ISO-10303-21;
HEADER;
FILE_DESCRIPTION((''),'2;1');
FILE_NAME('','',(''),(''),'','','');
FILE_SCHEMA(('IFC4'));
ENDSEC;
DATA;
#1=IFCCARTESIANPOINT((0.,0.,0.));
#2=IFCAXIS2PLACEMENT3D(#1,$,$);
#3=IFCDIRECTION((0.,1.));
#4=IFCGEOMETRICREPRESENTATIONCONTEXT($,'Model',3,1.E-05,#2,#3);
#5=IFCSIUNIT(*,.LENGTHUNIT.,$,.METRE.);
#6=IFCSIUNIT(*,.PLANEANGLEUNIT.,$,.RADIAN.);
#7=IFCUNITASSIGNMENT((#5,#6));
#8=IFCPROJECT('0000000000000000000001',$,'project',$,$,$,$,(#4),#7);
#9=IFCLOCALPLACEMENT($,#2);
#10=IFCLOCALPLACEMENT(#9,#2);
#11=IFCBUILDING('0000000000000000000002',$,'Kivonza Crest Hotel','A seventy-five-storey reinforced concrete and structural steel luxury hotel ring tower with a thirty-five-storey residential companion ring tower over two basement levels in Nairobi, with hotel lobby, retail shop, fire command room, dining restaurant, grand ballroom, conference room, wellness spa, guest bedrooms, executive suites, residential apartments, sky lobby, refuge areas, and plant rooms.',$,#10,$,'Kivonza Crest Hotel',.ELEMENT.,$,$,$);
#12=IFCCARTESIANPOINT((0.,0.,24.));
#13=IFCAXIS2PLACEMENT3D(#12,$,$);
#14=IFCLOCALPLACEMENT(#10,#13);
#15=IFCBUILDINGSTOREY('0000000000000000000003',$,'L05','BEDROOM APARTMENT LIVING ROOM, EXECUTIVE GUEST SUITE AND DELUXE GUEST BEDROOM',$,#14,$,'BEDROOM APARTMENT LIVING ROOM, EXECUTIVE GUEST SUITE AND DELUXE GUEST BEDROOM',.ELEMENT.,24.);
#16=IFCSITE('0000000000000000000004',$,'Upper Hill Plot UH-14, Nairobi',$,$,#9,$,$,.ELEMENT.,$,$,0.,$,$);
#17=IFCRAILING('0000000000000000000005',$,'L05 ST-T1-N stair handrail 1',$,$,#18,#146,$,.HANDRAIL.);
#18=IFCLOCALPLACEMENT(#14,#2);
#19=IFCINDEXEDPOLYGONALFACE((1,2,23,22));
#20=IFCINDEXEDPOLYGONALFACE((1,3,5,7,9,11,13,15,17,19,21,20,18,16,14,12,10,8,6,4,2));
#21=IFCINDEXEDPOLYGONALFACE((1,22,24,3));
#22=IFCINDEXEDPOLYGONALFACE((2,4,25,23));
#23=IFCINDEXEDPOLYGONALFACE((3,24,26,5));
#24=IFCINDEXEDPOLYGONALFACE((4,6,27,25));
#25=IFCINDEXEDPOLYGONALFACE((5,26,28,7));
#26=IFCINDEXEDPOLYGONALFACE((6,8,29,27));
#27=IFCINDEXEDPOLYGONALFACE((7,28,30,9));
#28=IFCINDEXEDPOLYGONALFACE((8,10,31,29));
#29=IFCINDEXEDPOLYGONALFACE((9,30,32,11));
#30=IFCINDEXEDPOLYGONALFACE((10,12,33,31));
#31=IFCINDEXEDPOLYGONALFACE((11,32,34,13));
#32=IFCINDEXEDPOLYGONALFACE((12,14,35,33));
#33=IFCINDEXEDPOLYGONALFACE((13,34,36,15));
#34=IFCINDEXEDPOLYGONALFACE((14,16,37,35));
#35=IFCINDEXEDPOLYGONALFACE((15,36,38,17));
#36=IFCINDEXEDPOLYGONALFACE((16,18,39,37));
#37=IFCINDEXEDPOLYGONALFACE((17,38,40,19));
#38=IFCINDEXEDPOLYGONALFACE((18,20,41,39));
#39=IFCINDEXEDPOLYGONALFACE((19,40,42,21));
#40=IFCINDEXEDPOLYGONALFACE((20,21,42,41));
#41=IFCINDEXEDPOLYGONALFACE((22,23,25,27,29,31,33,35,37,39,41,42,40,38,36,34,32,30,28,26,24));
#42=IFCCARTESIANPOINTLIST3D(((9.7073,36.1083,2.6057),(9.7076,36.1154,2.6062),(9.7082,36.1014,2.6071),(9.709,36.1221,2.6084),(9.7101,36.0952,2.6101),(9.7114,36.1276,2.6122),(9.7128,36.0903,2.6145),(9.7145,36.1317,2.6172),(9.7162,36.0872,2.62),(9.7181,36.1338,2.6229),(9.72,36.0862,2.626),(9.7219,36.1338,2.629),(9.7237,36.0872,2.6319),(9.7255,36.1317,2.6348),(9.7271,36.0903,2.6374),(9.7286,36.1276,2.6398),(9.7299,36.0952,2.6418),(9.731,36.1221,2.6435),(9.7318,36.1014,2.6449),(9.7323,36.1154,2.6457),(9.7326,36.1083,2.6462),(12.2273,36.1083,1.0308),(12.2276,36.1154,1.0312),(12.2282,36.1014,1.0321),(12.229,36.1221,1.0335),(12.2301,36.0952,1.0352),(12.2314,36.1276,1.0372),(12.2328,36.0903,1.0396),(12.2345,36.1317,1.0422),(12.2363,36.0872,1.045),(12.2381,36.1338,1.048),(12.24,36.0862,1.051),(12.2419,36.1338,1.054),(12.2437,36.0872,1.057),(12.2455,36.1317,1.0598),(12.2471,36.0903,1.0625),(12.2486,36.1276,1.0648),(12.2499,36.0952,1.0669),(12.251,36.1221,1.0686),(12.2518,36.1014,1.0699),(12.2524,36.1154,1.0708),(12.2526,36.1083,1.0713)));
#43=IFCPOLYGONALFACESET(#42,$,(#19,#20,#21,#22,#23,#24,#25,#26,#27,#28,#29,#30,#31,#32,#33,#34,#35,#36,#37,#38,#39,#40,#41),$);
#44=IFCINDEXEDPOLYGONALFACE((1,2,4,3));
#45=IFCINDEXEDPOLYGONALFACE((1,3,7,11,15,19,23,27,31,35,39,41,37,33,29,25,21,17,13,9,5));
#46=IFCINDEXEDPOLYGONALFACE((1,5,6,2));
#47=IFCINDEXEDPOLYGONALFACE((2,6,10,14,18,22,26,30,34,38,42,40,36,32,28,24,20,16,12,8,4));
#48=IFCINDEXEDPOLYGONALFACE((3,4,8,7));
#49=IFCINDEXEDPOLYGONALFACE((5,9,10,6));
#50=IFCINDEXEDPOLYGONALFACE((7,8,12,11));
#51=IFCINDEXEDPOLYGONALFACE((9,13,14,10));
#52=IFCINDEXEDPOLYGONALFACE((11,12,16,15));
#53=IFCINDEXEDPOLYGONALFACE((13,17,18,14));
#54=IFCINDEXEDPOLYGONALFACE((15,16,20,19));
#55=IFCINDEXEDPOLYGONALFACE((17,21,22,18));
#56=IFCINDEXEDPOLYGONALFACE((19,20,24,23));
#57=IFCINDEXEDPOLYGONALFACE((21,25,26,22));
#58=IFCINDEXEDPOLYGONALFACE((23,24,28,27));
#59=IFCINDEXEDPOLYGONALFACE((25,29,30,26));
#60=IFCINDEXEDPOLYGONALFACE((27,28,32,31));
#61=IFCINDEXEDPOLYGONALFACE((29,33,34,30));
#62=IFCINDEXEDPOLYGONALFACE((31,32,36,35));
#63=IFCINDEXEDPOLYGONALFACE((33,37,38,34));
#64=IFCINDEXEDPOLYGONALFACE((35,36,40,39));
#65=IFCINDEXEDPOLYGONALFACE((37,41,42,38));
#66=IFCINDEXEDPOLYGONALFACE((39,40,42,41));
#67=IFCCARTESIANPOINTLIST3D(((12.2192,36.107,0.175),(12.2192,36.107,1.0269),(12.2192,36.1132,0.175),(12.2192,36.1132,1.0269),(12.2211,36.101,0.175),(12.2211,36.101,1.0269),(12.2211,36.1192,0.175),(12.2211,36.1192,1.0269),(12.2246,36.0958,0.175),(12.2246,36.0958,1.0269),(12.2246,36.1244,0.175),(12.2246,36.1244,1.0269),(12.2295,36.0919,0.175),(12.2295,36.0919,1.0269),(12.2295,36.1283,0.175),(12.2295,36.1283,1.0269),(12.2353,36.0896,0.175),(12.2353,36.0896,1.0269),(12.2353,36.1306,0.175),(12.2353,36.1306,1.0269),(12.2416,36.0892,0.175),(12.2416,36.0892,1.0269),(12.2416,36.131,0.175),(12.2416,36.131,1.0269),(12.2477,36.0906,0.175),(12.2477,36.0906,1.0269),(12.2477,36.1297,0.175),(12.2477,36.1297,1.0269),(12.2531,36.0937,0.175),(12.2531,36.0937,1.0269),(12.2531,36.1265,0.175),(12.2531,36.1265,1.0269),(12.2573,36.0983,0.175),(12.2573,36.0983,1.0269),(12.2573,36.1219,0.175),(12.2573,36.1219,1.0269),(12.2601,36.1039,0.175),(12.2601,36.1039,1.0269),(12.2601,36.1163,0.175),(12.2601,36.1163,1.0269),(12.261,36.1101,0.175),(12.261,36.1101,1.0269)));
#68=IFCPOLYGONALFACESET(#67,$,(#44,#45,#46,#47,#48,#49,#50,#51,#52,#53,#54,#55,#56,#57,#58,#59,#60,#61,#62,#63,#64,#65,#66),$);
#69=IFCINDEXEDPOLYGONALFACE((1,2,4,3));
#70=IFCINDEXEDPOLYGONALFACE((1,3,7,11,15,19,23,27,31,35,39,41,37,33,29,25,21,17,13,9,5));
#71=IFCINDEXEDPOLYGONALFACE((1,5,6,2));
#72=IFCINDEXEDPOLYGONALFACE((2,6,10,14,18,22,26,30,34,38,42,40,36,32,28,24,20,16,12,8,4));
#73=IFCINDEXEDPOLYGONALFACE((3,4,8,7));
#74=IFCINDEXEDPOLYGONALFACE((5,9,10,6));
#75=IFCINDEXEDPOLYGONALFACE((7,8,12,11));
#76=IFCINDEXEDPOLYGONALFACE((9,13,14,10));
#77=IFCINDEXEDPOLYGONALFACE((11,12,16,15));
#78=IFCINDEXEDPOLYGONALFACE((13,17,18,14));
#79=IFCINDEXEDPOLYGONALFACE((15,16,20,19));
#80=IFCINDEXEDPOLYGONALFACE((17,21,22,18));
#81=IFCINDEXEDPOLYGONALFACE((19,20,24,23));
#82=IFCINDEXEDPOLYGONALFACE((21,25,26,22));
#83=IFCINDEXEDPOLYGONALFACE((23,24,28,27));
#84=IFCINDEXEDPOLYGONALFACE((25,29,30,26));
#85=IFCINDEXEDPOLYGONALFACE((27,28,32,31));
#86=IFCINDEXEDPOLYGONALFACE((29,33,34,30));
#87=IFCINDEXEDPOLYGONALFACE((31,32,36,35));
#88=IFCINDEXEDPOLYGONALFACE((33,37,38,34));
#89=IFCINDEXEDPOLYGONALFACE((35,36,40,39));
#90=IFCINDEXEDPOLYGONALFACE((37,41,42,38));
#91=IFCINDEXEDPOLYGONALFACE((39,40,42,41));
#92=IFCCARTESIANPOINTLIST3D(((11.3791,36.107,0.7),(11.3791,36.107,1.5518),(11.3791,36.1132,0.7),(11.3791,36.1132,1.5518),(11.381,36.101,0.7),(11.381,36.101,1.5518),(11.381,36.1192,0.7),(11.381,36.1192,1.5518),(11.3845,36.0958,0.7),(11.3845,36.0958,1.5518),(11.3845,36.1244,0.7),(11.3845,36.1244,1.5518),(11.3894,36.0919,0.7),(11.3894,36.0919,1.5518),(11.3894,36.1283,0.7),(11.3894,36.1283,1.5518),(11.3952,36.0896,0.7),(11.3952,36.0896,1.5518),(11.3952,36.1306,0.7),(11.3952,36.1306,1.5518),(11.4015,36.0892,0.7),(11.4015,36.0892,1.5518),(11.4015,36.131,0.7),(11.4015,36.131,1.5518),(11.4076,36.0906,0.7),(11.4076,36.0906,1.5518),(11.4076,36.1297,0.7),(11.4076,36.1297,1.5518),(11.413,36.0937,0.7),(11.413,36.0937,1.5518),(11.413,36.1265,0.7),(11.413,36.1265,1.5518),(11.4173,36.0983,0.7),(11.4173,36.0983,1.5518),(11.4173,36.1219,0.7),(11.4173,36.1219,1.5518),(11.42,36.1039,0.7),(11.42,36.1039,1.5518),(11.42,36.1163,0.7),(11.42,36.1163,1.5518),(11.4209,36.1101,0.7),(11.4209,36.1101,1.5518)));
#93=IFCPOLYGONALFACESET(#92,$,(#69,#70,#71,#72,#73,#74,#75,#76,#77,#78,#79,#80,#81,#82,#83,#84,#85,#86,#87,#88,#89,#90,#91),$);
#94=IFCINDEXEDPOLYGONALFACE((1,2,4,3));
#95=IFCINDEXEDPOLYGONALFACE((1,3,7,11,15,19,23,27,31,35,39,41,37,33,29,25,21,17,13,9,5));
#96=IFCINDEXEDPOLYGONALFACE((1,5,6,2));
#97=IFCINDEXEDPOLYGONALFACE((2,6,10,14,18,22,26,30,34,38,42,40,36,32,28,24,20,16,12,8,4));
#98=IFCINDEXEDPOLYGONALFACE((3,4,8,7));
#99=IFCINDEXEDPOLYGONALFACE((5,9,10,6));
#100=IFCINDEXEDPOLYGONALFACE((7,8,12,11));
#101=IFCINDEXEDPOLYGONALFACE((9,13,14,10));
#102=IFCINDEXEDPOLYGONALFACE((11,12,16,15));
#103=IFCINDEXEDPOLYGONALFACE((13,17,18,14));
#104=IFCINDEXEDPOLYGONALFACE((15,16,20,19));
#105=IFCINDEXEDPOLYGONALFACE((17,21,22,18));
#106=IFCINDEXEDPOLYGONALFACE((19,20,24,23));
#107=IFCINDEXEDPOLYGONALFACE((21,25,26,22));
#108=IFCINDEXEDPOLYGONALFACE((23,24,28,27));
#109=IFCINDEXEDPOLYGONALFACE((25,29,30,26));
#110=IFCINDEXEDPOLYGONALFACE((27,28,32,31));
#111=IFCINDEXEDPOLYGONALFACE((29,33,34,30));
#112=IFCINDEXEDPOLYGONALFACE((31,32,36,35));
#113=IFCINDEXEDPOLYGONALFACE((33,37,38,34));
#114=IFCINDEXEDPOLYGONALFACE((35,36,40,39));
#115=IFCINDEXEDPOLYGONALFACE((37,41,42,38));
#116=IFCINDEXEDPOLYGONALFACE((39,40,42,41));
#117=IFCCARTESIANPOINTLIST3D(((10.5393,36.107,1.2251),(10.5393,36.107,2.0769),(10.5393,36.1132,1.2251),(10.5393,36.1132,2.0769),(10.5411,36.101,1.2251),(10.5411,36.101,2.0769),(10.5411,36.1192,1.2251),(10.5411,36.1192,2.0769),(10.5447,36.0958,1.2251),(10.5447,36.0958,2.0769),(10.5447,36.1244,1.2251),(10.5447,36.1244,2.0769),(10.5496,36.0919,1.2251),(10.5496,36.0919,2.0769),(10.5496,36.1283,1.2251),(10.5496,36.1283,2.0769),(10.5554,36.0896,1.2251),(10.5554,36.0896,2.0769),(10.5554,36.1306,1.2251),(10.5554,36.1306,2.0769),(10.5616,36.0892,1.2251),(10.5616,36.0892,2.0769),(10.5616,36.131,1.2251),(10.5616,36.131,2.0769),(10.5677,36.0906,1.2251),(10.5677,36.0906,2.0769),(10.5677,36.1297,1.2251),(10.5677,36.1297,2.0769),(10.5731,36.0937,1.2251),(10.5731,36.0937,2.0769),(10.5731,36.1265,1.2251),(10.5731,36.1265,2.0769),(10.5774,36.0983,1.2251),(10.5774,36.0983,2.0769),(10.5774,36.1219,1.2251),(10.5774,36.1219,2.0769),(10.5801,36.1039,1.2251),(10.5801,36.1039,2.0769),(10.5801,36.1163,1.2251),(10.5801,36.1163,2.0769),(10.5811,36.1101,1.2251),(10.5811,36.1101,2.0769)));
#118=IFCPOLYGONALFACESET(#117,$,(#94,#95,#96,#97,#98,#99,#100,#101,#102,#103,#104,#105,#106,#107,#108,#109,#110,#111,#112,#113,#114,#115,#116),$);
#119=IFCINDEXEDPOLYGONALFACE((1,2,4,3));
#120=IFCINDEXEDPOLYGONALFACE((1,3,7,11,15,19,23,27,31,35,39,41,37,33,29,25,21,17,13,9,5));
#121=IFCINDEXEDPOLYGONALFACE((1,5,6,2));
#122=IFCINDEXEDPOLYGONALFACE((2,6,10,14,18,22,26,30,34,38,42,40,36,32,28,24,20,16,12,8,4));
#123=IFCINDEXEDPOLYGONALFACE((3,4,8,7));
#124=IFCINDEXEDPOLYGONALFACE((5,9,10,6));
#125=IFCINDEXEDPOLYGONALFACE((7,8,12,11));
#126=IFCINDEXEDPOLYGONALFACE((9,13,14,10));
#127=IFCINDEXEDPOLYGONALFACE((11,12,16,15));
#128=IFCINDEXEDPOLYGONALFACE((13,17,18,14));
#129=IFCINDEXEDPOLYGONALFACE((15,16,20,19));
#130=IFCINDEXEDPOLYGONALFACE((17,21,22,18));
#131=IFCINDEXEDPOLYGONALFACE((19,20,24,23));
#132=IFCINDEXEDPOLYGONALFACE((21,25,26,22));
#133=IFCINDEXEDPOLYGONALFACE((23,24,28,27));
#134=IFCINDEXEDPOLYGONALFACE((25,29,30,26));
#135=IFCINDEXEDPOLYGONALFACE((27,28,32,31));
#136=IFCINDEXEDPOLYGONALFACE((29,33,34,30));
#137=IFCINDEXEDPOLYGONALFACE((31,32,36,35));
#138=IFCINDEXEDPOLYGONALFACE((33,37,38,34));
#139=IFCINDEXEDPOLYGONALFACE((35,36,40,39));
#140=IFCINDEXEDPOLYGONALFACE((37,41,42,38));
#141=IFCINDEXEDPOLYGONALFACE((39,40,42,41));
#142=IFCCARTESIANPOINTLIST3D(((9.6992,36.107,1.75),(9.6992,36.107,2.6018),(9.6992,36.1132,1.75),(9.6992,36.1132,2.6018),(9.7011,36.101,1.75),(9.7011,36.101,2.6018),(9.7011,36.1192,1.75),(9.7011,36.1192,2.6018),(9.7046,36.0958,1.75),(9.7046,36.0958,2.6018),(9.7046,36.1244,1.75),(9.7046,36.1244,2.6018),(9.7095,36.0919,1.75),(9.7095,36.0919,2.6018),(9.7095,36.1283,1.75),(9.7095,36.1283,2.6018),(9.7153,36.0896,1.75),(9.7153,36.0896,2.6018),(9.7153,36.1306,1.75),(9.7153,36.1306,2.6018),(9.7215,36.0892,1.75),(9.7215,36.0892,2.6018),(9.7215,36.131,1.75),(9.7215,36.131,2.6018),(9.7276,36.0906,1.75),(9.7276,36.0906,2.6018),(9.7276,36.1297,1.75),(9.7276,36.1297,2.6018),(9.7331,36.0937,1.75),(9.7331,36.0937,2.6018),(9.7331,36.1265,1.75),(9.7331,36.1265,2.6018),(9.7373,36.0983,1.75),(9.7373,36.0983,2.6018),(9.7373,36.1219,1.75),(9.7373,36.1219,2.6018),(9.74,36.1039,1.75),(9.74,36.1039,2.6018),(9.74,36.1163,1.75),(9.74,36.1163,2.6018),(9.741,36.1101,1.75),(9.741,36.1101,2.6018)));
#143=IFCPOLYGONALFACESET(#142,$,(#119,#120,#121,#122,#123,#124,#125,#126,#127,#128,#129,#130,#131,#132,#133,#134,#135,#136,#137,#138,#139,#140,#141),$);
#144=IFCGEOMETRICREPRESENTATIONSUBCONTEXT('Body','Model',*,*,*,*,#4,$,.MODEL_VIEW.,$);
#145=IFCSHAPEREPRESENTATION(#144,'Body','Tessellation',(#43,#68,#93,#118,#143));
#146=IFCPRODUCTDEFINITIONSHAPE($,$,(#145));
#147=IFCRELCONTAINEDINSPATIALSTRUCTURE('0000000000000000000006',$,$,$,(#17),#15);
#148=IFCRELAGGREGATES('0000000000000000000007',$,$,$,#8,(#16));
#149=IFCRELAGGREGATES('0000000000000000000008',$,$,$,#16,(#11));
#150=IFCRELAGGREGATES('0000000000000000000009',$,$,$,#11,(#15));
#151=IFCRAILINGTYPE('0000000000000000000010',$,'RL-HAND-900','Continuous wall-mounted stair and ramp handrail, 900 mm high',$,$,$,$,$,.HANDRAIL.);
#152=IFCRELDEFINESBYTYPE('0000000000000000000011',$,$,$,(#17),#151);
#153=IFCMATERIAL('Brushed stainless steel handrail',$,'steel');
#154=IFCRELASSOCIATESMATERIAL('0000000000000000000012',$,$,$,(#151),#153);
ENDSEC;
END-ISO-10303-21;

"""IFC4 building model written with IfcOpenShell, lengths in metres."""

from ifc_helpers import new_model, si_unit, direction, frame, origin, origin_2d, place, context, subcontext, project, spatial, circle, extrude, material, type_object, element, save


model = new_model("IFC4")

# Units and contexts
model_context = context("Model", 3, precision=1e-05, world=origin(), true_north=direction((0.0, 1.0)))
body_context = subcontext(model_context, "Body", "Model", "MODEL_VIEW")
ifc_project = project(units=[si_unit("LENGTHUNIT", "METRE"), si_unit("PLANEANGLEUNIT", "RADIAN")], contexts=[model_context])

# Site, building, storey
site_placement = place(None, origin())
site = spatial("IfcSite", under=ifc_project, at=site_placement, Name="Upper Hill Plot UH-14, Nairobi", CompositionType="ELEMENT", RefElevation=0.0)
building_placement = place(site_placement, origin())
building = spatial("IfcBuilding", under=site, at=building_placement, Name="Kivonza Crest Hotel", Description="A seventy-five-storey reinforced concrete and structural steel luxury hotel ring tower with a thirty-five-storey residential companion ring tower over two basement levels in Nairobi, with hotel lobby, retail shop, fire command room, dining restaurant, grand ballroom, conference room, wellness spa, guest bedrooms, executive suites, residential apartments, sky lobby, refuge areas, and plant rooms.", LongName="Kivonza Crest Hotel", CompositionType="ELEMENT")
storey_placement = place(building_placement, frame((0.0, 0.0, 24.0)))
storey = spatial("IfcBuildingStorey", under=building, at=storey_placement, Name="L05", Description="BEDROOM APARTMENT LIVING ROOM, EXECUTIVE GUEST SUITE AND DELUXE GUEST BEDROOM", LongName="BEDROOM APARTMENT LIVING ROOM, EXECUTIVE GUEST SUITE AND DELUXE GUEST BEDROOM", CompositionType="ELEMENT", Elevation=24.0)

# Railing
ifc_material_1 = material(Name="Brushed stainless steel handrail", Category="steel")
railing_type_1 = type_object("IfcRailingType", Name="RL-HAND-900", Description="Continuous wall-mounted stair and ramp handrail, 900 mm high", PredefinedType="HANDRAIL", material=ifc_material_1)
railing_1_placement = place(storey_placement, frame((12.24, 36.1101, 0.175)))
element("IfcRailing", 1, at=railing_1_placement, inside=storey, type_object=railing_type_1, Name="L05 ST-T1-N stair handrail 1", PredefinedType="HANDRAIL", context=body_context, shape_type="SweptSolid", body=[
    extrude(circle(Radius=0.0239, at=origin_2d()), frame((0.0, 0.0, 0.876), z_axis=(-0.848008, 0.0, 0.529984), x_axis=(0.0, -1.0, 0.0)), (0.0, 0.0, 1.0), 2.9717),
    extrude(circle(Radius=0.021, at=origin_2d()), origin(), (0.0, 0.0, 1.0), 0.8518),
    extrude(circle(Radius=0.021, at=origin_2d()), frame((-0.8401, 0.0, 0.5249)), (0.0, 0.0, 1.0), 0.8518),
    extrude(circle(Radius=0.021, at=origin_2d()), frame((-1.6799, 0.0, 1.05)), (0.0, 0.0, 1.0), 0.8518),
    extrude(circle(Radius=0.021, at=origin_2d()), frame((-2.52, 0.0, 1.575)), (0.0, 0.0, 1.0), 0.8518),
])

save(model, "model.ifc")
